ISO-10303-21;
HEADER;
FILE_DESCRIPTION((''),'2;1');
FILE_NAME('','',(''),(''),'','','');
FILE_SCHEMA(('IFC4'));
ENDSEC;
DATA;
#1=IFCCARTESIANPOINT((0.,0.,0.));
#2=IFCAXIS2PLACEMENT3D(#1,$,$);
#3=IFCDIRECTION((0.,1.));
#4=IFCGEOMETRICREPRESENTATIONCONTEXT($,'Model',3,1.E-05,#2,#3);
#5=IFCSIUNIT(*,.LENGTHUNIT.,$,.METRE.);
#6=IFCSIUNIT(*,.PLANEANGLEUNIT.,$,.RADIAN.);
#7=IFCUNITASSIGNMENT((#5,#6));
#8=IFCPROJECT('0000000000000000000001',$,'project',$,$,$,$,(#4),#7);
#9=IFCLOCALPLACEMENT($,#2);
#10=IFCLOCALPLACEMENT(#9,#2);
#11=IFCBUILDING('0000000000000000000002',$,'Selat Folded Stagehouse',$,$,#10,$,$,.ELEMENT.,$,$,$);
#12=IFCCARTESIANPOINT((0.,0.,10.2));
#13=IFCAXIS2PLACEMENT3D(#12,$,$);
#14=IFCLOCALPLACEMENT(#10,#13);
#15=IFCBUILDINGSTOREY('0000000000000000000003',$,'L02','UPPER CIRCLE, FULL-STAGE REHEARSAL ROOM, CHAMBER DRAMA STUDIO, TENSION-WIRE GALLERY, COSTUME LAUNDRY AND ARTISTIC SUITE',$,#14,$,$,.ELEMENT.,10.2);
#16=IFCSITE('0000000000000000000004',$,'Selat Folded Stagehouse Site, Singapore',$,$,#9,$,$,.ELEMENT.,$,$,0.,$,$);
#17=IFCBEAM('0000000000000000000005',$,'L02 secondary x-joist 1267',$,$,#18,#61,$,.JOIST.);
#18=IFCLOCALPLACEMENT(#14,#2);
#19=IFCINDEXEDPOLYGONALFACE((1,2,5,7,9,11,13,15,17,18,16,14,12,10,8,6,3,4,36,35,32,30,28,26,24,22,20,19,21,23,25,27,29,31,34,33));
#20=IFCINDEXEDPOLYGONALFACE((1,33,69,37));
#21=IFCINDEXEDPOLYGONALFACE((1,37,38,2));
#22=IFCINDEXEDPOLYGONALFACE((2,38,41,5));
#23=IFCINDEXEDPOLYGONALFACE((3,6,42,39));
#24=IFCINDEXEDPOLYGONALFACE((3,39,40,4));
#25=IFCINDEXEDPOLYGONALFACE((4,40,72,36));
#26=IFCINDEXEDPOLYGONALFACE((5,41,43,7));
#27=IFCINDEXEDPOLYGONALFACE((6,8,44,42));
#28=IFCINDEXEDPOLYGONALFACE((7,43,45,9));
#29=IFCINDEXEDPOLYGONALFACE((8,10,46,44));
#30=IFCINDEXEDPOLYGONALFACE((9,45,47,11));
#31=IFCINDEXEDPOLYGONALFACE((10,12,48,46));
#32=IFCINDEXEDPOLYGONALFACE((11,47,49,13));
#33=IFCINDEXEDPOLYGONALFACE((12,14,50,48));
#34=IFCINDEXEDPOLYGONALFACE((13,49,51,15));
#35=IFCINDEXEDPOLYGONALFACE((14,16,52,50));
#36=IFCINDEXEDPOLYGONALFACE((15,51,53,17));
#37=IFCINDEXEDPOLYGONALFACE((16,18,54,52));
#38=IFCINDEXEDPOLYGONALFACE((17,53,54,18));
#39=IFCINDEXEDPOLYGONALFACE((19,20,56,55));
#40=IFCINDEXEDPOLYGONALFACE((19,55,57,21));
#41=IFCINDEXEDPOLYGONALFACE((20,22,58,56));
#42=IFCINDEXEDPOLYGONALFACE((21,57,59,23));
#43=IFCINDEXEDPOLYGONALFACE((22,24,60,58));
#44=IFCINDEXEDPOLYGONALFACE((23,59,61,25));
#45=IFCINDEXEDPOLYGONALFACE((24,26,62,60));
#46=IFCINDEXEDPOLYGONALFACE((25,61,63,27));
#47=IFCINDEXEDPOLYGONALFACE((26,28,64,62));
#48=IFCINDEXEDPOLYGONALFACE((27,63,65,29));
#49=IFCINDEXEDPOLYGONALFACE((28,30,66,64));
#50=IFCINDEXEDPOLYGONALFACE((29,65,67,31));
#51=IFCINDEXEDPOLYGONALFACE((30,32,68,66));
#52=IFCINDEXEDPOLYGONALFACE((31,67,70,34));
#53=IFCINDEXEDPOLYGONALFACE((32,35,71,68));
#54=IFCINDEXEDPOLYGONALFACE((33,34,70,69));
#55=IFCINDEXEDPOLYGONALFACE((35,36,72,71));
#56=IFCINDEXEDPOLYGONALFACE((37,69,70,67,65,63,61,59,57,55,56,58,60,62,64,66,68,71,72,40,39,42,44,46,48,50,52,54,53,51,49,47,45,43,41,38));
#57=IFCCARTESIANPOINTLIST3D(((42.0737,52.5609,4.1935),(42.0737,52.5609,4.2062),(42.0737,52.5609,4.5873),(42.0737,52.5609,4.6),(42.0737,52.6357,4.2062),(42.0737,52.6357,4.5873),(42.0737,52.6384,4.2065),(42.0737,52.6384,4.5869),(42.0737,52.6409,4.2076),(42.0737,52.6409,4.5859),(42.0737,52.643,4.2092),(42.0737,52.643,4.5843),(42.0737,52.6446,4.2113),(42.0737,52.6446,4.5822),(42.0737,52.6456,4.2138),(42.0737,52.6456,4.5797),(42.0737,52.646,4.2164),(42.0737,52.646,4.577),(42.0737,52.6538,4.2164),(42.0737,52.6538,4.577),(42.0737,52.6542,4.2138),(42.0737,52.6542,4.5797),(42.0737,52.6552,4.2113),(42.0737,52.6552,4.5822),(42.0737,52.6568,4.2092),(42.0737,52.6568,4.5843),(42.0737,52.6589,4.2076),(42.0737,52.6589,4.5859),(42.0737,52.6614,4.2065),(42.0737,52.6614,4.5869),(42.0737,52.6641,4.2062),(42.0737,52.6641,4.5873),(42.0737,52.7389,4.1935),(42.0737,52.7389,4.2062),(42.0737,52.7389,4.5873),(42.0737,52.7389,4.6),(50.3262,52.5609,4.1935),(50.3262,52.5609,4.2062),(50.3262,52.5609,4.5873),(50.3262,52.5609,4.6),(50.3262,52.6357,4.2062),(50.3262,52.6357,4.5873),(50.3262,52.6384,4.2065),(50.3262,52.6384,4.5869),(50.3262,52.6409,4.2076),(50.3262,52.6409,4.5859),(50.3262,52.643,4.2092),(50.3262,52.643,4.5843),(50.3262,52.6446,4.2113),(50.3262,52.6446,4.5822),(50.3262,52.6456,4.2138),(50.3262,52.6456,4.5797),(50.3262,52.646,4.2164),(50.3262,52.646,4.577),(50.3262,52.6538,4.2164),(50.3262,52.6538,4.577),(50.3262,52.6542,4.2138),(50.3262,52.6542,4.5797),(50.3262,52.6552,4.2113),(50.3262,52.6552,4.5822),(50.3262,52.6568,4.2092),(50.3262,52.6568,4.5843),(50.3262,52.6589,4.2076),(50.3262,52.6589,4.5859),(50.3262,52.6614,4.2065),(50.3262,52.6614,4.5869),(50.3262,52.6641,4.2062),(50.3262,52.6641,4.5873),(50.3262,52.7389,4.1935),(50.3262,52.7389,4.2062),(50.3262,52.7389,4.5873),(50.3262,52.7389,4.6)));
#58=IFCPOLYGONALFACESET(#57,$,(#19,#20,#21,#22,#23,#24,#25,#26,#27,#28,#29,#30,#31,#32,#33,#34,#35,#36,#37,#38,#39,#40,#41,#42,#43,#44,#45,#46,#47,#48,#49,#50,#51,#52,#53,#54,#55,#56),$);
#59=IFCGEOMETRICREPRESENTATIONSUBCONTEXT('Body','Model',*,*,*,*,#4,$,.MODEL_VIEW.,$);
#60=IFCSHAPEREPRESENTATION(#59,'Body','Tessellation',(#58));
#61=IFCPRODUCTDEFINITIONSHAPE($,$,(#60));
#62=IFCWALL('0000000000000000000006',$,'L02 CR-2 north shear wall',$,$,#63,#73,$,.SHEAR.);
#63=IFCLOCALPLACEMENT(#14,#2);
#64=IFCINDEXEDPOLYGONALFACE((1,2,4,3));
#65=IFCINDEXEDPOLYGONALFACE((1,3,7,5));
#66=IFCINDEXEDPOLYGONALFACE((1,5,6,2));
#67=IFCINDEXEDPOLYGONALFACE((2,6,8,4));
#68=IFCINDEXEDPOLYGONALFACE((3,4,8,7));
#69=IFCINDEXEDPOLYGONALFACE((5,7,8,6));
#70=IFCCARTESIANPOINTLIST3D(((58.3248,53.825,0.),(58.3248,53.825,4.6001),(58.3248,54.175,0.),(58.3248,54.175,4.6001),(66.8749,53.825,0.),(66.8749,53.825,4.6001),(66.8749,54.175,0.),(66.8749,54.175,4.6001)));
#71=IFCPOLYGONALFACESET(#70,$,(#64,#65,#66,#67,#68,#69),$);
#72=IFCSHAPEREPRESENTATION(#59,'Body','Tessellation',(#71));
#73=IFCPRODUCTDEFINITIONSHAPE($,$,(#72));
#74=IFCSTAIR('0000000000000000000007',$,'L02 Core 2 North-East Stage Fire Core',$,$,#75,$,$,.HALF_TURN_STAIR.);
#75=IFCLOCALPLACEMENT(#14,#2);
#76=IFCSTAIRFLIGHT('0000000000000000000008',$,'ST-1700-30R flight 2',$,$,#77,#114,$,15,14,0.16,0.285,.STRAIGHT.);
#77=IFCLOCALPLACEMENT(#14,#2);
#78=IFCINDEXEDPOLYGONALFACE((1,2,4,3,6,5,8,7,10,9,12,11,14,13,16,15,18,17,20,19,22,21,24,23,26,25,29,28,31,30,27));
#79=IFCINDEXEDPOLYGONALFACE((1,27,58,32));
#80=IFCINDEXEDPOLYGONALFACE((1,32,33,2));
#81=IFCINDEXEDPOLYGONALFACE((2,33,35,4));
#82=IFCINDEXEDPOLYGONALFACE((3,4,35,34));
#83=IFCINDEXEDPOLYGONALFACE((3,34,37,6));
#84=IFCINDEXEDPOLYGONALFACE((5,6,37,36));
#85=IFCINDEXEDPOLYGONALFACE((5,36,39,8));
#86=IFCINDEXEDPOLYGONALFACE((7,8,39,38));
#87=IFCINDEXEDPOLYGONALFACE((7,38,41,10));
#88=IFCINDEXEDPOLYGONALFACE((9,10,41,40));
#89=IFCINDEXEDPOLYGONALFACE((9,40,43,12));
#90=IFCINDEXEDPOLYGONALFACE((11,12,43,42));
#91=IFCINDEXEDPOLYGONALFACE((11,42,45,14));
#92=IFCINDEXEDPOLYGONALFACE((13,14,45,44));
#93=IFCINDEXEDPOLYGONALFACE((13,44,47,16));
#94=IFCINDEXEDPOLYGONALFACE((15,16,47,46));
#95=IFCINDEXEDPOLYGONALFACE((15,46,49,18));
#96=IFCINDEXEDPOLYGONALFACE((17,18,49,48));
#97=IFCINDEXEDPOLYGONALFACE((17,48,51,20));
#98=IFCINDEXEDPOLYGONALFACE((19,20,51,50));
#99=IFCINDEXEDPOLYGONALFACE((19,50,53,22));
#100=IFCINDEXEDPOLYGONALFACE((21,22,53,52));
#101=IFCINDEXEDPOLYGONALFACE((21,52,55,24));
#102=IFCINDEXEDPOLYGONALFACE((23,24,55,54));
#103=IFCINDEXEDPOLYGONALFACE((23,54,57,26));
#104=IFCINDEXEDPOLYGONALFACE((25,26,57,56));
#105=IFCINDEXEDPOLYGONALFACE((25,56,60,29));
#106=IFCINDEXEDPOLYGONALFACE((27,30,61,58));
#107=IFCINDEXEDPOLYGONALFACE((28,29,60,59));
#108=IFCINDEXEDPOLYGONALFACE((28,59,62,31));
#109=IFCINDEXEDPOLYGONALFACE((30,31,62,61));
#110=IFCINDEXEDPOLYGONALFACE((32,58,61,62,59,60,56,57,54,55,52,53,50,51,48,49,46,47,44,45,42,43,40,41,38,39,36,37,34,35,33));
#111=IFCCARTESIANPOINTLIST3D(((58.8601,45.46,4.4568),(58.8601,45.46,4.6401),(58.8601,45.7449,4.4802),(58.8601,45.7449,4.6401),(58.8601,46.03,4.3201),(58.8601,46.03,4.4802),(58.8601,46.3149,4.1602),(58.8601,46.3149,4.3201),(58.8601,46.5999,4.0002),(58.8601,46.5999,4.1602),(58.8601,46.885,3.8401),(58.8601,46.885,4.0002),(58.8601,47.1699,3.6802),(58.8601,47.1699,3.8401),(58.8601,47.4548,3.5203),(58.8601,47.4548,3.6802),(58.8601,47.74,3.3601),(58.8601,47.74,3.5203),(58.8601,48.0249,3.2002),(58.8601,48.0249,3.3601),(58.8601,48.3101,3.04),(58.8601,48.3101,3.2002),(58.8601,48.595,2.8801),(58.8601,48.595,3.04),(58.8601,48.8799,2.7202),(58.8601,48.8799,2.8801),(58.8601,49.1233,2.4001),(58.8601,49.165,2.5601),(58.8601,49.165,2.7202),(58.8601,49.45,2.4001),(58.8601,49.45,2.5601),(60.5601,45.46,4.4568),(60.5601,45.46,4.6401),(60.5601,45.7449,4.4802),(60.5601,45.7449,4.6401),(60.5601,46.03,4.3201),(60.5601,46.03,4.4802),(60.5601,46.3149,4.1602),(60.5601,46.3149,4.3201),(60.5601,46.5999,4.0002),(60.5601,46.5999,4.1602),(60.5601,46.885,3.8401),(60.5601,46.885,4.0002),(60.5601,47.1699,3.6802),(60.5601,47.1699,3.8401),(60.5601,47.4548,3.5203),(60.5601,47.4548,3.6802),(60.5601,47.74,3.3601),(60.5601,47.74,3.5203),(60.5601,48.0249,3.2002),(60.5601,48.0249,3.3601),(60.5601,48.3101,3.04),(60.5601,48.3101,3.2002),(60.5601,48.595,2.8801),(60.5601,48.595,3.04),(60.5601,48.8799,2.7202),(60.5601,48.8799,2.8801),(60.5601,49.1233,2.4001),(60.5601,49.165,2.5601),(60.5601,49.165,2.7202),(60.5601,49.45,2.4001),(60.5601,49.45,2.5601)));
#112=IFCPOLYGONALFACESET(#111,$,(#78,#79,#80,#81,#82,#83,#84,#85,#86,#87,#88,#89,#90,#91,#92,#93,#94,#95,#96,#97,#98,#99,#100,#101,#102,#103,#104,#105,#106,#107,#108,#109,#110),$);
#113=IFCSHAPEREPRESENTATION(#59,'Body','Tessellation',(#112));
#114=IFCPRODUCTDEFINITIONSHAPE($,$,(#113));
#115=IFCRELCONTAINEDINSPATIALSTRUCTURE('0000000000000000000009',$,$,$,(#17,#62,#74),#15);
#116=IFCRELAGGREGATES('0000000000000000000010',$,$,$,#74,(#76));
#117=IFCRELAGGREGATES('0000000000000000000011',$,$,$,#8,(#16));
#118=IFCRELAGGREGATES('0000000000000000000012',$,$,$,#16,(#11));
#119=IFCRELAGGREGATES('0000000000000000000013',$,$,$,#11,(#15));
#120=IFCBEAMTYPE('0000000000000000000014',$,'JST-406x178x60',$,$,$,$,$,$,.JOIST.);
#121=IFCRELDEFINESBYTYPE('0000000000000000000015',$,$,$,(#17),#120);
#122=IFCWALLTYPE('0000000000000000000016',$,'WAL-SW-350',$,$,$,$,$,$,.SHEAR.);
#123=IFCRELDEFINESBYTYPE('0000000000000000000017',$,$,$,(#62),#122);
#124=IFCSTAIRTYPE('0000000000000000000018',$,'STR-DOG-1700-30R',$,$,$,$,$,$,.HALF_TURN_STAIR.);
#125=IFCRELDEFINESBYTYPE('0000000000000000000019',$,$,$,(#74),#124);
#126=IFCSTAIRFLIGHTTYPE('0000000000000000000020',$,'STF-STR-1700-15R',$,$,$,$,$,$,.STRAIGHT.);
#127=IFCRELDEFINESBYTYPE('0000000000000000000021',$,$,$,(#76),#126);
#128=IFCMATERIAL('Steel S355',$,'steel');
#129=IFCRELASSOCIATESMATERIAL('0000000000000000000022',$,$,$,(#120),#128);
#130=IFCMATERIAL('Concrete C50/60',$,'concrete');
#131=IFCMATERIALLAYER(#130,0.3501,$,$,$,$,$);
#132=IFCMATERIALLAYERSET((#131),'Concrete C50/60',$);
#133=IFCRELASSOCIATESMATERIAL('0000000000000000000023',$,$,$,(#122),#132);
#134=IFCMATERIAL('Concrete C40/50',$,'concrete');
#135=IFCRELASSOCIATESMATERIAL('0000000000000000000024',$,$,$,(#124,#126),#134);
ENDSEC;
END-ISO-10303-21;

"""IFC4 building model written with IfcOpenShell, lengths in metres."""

from ifc_helpers import new_model, si_unit, direction, frame, frame_2d, origin, origin_2d, place, context, subcontext, project, spatial, polyline, rectangle, i_section, outline, extrude, material, layer, layer_set, material_profile, profile_set, type_object, element, aggregate, save


model = new_model("IFC4")

# Units and contexts
model_context = context("Model", 3, precision=1e-05, world=origin(), true_north=direction((0.0, 1.0)))
body_context = subcontext(model_context, "Body", "Model", "MODEL_VIEW")
ifc_project = project(units=[si_unit("LENGTHUNIT", "METRE"), si_unit("PLANEANGLEUNIT", "RADIAN")], contexts=[model_context])

# Site, building, storey
site_placement = place(None, origin())
site = spatial("IfcSite", under=ifc_project, at=site_placement, Name="Selat Folded Stagehouse Site, Singapore", CompositionType="ELEMENT", RefElevation=0.0)
building_placement = place(site_placement, origin())
building = spatial("IfcBuilding", under=site, at=building_placement, Name="Selat Folded Stagehouse", CompositionType="ELEMENT")
storey_placement = place(building_placement, frame((0.0, 0.0, 10.2)))
storey = spatial("IfcBuildingStorey", under=building, at=storey_placement, Name="L02", Description="UPPER CIRCLE, FULL-STAGE REHEARSAL ROOM, CHAMBER DRAMA STUDIO, TENSION-WIRE GALLERY, COSTUME LAUNDRY AND ARTISTIC SUITE", CompositionType="ELEMENT", Elevation=10.2)

# Shared definitions
ifc_material_1 = material(Name="Steel S355", Category="steel")

# Beam
ifc_material_profile_1 = material_profile(ifc_material_1, i_section(OverallWidth=0.178, OverallDepth=0.4065, WebThickness=0.0078, FlangeThickness=0.0127, FilletRadius=0.0103, at=origin_2d()), Name="UKB 406x178x60")
ifc_profile_set_1 = profile_set([ifc_material_profile_1], Name="Steel S355")
beam_type_1 = type_object("IfcBeamType", Name="JST-406x178x60", PredefinedType="JOIST", material=ifc_profile_set_1)
for number, where, z_axis, x_axis, name in (
    (1, (42.0737, 52.6499, 4.3967), (1.0, 0.0, 0.0), (0.0, 1.0, 0.0), "L02 secondary x-joist 1267"),
):
    element("IfcBeam", number, at=place(storey_placement, frame(where, z_axis=z_axis, x_axis=x_axis)), inside=storey, type_object=beam_type_1, Name=name, PredefinedType="JOIST", context=body_context, shape_type="SweptSolid", body=[
        extrude(i_section(OverallWidth=0.178, OverallDepth=0.4065, WebThickness=0.0078, FlangeThickness=0.0127, FilletRadius=0.0103, at=origin_2d()), origin(), (0.0, 0.0, 1.0), 8.2524),
    ])

# Wall
ifc_material_2 = material(Name="Concrete C50/60", Category="concrete")
ifc_layer_1 = layer(ifc_material_2, 0.3501)
ifc_layer_set_1 = layer_set([ifc_layer_1], Name="Concrete C50/60")
wall_type = type_object("IfcWallType", Name="WAL-SW-350", PredefinedType="SHEAR", material=ifc_layer_set_1)
wall_placement = place(storey_placement, frame((58.325, 54.0, 0.0), z_axis=(0.0, 0.0, 1.0), x_axis=(1.0, 0.0, 0.0)))
element("IfcWall", 2, at=wall_placement, inside=storey, type_object=wall_type, Name="L02 CR-2 north shear wall", PredefinedType="SHEAR", context=body_context, shape_type="SweptSolid", body=[
    extrude(rectangle(XDim=8.55, YDim=0.3501, at=frame_2d((4.2749, 0.0))), origin(), (0.0, 0.0, 1.0), 4.6001),
])

# Stair, stair flight
ifc_material_3 = material(Name="Concrete C40/50", Category="concrete")
stair_type = type_object("IfcStairType", Name="STR-DOG-1700-30R", PredefinedType="HALF_TURN_STAIR", material=ifc_material_3)
stair_placement = place(storey_placement, origin())
stair = element("IfcStair", 3, at=stair_placement, inside=storey, type_object=stair_type, Name="L02 Core 2 North-East Stage Fire Core", PredefinedType="HALF_TURN_STAIR")
stair_flight_type = type_object("IfcStairFlightType", Name="STF-STR-1700-15R", PredefinedType="STRAIGHT", material=ifc_material_3)
stair_flight_placement = place(storey_placement, frame((59.71, 49.45, 2.4001), z_axis=(0.0, 0.0, 1.0), x_axis=(0.0, -1.0, 0.0)))
stair_flight = element("IfcStairFlight", 4, at=stair_flight_placement, type_object=stair_flight_type, Name="ST-1700-30R flight 2", NumberOfRisers=15, NumberOfTreads=14, PredefinedType="STRAIGHT", RiserHeight=0.16, TreadLength=0.285, context=body_context, shape_type="SweptSolid", body=[
    extrude(outline(polyline([(0.0, 0.0), (0.0, 0.1599), (0.2849, 0.1599), (0.2849, 0.3201), (0.5701, 0.3201), (0.5701, 0.48), (0.855, 0.48), (0.855, 0.6399), (1.1399, 0.6399), (1.1399, 0.8), (1.425, 0.8), (1.425, 0.96), (1.71, 0.96), (1.71, 1.1201), (1.9951, 1.1201), (1.9951, 1.28), (2.28, 1.28), (2.28, 1.4399), (2.5649, 1.4399), (2.5649, 1.6001), (2.8501, 1.6001), (2.8501, 1.76), (3.135, 1.76), (3.135, 1.9199), (3.4199, 1.9199), (3.4199, 2.0801), (3.7051, 2.0801), (3.7051, 2.24), (3.99, 2.24), (3.99, 2.3999), (3.99, 2.0566), (0.3267, 0.0), (0.0, 0.0)])), frame((0.0, 0.8501, 0.0), z_axis=(0.0, -1.0, 0.0), x_axis=(1.0, 0.0, 0.0)), (0.0, 0.0, 1.0), 1.7),
])
aggregate(stair, [stair_flight])

save(model, "model.ifc")
